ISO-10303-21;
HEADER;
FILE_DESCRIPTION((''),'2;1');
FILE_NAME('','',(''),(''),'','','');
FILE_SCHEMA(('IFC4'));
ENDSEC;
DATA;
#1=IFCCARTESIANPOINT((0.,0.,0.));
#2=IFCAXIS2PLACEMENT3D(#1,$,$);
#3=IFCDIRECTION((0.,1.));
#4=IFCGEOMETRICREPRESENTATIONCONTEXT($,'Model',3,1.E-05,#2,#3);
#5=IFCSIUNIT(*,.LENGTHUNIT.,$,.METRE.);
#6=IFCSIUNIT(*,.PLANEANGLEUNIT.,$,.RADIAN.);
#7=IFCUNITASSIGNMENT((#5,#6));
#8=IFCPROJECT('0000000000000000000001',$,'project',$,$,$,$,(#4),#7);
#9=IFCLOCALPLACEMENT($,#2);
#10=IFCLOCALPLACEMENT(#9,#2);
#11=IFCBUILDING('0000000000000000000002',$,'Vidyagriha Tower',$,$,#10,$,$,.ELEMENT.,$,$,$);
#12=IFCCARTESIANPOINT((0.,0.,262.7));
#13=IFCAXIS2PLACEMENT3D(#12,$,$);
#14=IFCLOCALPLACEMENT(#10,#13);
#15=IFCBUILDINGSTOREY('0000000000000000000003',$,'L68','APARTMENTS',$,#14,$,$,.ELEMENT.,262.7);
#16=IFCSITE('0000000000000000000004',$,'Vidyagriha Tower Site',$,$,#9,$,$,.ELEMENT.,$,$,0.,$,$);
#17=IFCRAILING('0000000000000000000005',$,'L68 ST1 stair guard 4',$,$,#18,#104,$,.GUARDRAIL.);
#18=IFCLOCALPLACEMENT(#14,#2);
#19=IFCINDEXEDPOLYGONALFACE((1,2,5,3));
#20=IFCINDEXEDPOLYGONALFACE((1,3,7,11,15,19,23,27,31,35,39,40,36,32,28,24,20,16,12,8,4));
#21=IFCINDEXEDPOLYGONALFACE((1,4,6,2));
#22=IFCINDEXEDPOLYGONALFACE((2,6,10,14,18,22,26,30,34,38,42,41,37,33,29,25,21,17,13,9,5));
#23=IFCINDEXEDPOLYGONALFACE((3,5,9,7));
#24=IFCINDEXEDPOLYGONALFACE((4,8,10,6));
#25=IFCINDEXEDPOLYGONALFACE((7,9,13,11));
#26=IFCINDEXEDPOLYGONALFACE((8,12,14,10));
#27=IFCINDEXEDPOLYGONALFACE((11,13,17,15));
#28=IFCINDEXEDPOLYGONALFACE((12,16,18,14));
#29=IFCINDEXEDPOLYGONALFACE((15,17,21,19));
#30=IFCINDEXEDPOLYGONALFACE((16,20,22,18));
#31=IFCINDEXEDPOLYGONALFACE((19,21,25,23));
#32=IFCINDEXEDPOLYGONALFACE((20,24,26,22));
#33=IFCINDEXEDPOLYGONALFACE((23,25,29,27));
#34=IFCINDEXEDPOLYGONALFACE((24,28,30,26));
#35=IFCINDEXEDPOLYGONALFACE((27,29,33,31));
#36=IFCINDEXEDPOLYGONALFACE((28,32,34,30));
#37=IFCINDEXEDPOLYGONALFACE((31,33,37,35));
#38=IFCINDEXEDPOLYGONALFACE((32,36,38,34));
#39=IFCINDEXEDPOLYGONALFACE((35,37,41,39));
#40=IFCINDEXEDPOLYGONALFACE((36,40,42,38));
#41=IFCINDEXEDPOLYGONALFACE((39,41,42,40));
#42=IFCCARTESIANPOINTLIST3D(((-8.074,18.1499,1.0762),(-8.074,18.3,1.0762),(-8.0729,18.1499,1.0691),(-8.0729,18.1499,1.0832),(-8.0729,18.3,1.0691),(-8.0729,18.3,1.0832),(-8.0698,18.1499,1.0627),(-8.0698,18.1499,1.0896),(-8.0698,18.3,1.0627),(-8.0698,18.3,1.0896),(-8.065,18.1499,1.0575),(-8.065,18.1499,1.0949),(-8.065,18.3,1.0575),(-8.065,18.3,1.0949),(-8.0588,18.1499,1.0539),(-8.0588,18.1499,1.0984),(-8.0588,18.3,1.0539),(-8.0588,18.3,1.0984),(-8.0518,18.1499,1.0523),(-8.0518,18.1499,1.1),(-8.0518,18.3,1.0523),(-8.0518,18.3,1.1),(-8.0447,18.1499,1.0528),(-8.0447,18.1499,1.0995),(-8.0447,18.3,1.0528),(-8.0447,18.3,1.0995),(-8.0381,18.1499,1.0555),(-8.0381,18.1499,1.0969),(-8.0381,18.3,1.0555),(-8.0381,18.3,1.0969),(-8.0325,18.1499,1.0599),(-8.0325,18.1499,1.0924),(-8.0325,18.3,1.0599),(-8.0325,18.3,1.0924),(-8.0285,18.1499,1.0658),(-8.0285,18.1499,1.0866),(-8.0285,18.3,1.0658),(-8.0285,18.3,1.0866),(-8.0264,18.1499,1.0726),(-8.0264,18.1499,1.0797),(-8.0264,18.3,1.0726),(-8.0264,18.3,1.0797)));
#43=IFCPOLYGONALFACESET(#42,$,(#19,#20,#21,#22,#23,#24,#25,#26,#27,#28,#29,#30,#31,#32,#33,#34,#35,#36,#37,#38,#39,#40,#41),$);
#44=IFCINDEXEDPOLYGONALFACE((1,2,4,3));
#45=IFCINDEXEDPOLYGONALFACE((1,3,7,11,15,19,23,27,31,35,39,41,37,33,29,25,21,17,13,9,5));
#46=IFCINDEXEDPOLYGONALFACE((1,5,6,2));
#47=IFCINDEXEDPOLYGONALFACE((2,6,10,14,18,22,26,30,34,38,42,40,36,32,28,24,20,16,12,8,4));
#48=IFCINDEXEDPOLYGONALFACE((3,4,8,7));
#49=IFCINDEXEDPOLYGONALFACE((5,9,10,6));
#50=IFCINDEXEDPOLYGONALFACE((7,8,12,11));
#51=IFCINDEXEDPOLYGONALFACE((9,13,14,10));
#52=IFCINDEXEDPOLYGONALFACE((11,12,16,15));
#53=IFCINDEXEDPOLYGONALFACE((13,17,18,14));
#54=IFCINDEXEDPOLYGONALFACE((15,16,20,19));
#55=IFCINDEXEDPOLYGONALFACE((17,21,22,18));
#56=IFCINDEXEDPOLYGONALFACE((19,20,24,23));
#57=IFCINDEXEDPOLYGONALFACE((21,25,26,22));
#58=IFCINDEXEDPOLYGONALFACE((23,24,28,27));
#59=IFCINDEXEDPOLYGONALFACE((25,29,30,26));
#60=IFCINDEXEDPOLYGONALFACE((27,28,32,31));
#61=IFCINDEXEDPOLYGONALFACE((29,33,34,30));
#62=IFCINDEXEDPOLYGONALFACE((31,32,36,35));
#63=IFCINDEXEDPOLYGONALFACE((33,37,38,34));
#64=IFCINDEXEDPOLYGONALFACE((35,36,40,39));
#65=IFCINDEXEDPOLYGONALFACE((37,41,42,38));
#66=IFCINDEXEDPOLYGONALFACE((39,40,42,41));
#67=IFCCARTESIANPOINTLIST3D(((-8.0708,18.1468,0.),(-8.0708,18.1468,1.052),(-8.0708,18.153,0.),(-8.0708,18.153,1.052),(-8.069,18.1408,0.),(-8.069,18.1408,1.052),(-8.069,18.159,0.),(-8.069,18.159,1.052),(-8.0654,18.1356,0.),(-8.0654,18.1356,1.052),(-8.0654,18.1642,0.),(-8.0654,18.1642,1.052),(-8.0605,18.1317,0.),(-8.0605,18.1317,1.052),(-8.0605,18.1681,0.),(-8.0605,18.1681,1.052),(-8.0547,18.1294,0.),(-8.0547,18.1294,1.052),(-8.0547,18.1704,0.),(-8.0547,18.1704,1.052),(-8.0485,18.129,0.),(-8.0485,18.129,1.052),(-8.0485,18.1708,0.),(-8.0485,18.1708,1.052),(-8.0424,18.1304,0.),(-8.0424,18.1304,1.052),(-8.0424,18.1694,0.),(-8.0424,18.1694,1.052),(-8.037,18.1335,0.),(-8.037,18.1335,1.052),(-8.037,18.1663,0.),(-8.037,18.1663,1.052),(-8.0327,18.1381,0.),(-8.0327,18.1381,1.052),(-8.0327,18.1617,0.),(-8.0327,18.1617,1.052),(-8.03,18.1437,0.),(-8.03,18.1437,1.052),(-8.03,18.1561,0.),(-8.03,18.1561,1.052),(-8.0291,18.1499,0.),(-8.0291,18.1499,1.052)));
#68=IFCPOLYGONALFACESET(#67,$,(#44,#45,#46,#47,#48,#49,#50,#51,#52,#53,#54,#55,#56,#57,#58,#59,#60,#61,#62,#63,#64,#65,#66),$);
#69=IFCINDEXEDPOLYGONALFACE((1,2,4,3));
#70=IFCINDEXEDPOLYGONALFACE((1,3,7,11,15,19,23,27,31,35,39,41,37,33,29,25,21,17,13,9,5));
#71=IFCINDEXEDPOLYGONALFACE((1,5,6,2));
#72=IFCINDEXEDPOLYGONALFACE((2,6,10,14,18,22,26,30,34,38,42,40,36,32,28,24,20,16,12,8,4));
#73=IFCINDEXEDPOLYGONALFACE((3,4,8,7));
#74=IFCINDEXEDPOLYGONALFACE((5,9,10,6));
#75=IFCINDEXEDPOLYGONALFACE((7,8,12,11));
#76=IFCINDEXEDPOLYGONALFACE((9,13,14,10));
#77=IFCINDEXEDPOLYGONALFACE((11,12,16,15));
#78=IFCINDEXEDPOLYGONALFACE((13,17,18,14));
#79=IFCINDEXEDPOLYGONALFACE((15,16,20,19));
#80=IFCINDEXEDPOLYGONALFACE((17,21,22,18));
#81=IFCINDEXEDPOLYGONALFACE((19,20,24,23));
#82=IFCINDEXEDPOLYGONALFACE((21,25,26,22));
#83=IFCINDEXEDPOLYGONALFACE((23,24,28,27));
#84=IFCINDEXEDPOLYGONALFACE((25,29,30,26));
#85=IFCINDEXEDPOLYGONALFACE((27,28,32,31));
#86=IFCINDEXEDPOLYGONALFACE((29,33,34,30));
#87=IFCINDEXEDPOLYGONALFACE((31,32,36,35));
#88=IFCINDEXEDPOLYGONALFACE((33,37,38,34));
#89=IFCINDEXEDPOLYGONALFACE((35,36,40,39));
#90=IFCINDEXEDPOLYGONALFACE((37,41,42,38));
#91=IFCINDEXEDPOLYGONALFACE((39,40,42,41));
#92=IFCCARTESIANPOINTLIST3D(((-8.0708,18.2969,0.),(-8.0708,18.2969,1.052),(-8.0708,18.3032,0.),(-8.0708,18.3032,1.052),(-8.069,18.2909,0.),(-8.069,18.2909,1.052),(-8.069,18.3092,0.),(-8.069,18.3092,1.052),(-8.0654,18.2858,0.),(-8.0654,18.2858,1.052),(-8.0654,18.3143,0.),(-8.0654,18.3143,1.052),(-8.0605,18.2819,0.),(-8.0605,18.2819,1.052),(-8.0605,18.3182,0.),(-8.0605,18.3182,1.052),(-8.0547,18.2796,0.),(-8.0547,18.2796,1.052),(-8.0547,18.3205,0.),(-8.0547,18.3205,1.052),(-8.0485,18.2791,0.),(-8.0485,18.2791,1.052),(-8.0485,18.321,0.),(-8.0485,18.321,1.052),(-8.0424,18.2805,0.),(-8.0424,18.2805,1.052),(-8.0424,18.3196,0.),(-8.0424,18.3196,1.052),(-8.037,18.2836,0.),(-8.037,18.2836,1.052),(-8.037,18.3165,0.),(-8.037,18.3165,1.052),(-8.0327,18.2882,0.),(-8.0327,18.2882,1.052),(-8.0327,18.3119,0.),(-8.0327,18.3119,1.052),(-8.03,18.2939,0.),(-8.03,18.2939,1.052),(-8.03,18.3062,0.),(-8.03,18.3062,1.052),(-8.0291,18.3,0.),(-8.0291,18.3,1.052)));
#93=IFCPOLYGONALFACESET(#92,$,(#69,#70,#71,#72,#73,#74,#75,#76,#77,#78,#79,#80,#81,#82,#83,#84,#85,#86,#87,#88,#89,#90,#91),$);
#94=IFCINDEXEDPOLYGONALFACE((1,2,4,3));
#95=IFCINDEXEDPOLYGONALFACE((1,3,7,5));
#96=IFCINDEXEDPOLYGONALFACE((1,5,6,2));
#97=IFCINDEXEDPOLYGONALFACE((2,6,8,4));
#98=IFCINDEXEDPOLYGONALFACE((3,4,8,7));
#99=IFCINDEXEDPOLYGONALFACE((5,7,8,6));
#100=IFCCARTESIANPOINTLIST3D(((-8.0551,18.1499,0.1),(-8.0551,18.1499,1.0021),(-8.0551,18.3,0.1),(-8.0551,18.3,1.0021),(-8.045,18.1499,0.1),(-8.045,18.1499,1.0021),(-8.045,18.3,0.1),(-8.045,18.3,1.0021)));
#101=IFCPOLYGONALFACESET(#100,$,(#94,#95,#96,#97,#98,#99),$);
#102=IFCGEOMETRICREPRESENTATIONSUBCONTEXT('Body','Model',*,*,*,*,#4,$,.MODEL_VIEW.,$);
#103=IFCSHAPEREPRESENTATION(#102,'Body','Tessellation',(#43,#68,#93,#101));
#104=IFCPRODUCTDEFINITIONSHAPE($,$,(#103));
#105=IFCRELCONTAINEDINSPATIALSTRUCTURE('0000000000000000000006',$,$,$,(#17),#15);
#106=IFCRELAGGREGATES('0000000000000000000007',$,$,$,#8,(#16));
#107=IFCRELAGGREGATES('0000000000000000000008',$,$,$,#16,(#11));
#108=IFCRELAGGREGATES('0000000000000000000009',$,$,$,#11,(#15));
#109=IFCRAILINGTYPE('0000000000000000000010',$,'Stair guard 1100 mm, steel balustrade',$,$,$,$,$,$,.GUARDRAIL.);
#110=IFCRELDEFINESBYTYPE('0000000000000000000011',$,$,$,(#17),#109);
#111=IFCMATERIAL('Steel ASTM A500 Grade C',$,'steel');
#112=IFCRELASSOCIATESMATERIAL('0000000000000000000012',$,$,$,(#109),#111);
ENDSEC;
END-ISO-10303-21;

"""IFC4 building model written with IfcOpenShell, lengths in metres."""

from ifc_helpers import new_model, si_unit, direction, frame, origin, origin_2d, place, context, subcontext, project, spatial, rectangle, circle, extrude, material, type_object, element, save


model = new_model("IFC4")

# Units and contexts
model_context = context("Model", 3, precision=1e-05, world=origin(), true_north=direction((0.0, 1.0)))
body_context = subcontext(model_context, "Body", "Model", "MODEL_VIEW")
ifc_project = project(units=[si_unit("LENGTHUNIT", "METRE"), si_unit("PLANEANGLEUNIT", "RADIAN")], contexts=[model_context])

# Site, building, storey
site_placement = place(None, origin())
site = spatial("IfcSite", under=ifc_project, at=site_placement, Name="Vidyagriha Tower Site", CompositionType="ELEMENT", RefElevation=0.0)
building_placement = place(site_placement, origin())
building = spatial("IfcBuilding", under=site, at=building_placement, Name="Vidyagriha Tower", CompositionType="ELEMENT")
storey_placement = place(building_placement, frame((0.0, 0.0, 262.7)))
storey = spatial("IfcBuildingStorey", under=building, at=storey_placement, Name="L68", Description="APARTMENTS", CompositionType="ELEMENT", Elevation=262.7)

# Railing
ifc_material_1 = material(Name="Steel ASTM A500 Grade C", Category="steel")
railing_type_1 = type_object("IfcRailingType", Name="Stair guard 1100 mm, steel balustrade", PredefinedType="GUARDRAIL", material=ifc_material_1)
railing_1_placement = place(storey_placement, frame((-8.05, 18.1499, 0.0)))
element("IfcRailing", 1, at=railing_1_placement, inside=storey, type_object=railing_type_1, Name="L68 ST1 stair guard 4", PredefinedType="GUARDRAIL", context=body_context, shape_type="SweptSolid", body=[
    extrude(circle(Radius=0.0239, at=origin_2d()), frame((0.0, 0.0, 1.0762), z_axis=(0.0, 1.0, 0.0), x_axis=(-1.0, 0.0, 0.0)), (0.0, 0.0, 1.0), 0.1501),
    extrude(circle(Radius=0.021, at=origin_2d()), origin(), (0.0, 0.0, 1.0), 1.052),
    extrude(circle(Radius=0.021, at=origin_2d()), frame((0.0, 0.1501, 0.0)), (0.0, 0.0, 1.0), 1.052),
    extrude(rectangle(XDim=0.01, YDim=0.9021, at=origin_2d()), frame((0.0, 0.0, 0.551), z_axis=(0.0, 1.0, 0.0), x_axis=(-1.0, 0.0, 0.0)), (0.0, 0.0, 1.0), 0.1501),
])

save(model, "model.ifc")
